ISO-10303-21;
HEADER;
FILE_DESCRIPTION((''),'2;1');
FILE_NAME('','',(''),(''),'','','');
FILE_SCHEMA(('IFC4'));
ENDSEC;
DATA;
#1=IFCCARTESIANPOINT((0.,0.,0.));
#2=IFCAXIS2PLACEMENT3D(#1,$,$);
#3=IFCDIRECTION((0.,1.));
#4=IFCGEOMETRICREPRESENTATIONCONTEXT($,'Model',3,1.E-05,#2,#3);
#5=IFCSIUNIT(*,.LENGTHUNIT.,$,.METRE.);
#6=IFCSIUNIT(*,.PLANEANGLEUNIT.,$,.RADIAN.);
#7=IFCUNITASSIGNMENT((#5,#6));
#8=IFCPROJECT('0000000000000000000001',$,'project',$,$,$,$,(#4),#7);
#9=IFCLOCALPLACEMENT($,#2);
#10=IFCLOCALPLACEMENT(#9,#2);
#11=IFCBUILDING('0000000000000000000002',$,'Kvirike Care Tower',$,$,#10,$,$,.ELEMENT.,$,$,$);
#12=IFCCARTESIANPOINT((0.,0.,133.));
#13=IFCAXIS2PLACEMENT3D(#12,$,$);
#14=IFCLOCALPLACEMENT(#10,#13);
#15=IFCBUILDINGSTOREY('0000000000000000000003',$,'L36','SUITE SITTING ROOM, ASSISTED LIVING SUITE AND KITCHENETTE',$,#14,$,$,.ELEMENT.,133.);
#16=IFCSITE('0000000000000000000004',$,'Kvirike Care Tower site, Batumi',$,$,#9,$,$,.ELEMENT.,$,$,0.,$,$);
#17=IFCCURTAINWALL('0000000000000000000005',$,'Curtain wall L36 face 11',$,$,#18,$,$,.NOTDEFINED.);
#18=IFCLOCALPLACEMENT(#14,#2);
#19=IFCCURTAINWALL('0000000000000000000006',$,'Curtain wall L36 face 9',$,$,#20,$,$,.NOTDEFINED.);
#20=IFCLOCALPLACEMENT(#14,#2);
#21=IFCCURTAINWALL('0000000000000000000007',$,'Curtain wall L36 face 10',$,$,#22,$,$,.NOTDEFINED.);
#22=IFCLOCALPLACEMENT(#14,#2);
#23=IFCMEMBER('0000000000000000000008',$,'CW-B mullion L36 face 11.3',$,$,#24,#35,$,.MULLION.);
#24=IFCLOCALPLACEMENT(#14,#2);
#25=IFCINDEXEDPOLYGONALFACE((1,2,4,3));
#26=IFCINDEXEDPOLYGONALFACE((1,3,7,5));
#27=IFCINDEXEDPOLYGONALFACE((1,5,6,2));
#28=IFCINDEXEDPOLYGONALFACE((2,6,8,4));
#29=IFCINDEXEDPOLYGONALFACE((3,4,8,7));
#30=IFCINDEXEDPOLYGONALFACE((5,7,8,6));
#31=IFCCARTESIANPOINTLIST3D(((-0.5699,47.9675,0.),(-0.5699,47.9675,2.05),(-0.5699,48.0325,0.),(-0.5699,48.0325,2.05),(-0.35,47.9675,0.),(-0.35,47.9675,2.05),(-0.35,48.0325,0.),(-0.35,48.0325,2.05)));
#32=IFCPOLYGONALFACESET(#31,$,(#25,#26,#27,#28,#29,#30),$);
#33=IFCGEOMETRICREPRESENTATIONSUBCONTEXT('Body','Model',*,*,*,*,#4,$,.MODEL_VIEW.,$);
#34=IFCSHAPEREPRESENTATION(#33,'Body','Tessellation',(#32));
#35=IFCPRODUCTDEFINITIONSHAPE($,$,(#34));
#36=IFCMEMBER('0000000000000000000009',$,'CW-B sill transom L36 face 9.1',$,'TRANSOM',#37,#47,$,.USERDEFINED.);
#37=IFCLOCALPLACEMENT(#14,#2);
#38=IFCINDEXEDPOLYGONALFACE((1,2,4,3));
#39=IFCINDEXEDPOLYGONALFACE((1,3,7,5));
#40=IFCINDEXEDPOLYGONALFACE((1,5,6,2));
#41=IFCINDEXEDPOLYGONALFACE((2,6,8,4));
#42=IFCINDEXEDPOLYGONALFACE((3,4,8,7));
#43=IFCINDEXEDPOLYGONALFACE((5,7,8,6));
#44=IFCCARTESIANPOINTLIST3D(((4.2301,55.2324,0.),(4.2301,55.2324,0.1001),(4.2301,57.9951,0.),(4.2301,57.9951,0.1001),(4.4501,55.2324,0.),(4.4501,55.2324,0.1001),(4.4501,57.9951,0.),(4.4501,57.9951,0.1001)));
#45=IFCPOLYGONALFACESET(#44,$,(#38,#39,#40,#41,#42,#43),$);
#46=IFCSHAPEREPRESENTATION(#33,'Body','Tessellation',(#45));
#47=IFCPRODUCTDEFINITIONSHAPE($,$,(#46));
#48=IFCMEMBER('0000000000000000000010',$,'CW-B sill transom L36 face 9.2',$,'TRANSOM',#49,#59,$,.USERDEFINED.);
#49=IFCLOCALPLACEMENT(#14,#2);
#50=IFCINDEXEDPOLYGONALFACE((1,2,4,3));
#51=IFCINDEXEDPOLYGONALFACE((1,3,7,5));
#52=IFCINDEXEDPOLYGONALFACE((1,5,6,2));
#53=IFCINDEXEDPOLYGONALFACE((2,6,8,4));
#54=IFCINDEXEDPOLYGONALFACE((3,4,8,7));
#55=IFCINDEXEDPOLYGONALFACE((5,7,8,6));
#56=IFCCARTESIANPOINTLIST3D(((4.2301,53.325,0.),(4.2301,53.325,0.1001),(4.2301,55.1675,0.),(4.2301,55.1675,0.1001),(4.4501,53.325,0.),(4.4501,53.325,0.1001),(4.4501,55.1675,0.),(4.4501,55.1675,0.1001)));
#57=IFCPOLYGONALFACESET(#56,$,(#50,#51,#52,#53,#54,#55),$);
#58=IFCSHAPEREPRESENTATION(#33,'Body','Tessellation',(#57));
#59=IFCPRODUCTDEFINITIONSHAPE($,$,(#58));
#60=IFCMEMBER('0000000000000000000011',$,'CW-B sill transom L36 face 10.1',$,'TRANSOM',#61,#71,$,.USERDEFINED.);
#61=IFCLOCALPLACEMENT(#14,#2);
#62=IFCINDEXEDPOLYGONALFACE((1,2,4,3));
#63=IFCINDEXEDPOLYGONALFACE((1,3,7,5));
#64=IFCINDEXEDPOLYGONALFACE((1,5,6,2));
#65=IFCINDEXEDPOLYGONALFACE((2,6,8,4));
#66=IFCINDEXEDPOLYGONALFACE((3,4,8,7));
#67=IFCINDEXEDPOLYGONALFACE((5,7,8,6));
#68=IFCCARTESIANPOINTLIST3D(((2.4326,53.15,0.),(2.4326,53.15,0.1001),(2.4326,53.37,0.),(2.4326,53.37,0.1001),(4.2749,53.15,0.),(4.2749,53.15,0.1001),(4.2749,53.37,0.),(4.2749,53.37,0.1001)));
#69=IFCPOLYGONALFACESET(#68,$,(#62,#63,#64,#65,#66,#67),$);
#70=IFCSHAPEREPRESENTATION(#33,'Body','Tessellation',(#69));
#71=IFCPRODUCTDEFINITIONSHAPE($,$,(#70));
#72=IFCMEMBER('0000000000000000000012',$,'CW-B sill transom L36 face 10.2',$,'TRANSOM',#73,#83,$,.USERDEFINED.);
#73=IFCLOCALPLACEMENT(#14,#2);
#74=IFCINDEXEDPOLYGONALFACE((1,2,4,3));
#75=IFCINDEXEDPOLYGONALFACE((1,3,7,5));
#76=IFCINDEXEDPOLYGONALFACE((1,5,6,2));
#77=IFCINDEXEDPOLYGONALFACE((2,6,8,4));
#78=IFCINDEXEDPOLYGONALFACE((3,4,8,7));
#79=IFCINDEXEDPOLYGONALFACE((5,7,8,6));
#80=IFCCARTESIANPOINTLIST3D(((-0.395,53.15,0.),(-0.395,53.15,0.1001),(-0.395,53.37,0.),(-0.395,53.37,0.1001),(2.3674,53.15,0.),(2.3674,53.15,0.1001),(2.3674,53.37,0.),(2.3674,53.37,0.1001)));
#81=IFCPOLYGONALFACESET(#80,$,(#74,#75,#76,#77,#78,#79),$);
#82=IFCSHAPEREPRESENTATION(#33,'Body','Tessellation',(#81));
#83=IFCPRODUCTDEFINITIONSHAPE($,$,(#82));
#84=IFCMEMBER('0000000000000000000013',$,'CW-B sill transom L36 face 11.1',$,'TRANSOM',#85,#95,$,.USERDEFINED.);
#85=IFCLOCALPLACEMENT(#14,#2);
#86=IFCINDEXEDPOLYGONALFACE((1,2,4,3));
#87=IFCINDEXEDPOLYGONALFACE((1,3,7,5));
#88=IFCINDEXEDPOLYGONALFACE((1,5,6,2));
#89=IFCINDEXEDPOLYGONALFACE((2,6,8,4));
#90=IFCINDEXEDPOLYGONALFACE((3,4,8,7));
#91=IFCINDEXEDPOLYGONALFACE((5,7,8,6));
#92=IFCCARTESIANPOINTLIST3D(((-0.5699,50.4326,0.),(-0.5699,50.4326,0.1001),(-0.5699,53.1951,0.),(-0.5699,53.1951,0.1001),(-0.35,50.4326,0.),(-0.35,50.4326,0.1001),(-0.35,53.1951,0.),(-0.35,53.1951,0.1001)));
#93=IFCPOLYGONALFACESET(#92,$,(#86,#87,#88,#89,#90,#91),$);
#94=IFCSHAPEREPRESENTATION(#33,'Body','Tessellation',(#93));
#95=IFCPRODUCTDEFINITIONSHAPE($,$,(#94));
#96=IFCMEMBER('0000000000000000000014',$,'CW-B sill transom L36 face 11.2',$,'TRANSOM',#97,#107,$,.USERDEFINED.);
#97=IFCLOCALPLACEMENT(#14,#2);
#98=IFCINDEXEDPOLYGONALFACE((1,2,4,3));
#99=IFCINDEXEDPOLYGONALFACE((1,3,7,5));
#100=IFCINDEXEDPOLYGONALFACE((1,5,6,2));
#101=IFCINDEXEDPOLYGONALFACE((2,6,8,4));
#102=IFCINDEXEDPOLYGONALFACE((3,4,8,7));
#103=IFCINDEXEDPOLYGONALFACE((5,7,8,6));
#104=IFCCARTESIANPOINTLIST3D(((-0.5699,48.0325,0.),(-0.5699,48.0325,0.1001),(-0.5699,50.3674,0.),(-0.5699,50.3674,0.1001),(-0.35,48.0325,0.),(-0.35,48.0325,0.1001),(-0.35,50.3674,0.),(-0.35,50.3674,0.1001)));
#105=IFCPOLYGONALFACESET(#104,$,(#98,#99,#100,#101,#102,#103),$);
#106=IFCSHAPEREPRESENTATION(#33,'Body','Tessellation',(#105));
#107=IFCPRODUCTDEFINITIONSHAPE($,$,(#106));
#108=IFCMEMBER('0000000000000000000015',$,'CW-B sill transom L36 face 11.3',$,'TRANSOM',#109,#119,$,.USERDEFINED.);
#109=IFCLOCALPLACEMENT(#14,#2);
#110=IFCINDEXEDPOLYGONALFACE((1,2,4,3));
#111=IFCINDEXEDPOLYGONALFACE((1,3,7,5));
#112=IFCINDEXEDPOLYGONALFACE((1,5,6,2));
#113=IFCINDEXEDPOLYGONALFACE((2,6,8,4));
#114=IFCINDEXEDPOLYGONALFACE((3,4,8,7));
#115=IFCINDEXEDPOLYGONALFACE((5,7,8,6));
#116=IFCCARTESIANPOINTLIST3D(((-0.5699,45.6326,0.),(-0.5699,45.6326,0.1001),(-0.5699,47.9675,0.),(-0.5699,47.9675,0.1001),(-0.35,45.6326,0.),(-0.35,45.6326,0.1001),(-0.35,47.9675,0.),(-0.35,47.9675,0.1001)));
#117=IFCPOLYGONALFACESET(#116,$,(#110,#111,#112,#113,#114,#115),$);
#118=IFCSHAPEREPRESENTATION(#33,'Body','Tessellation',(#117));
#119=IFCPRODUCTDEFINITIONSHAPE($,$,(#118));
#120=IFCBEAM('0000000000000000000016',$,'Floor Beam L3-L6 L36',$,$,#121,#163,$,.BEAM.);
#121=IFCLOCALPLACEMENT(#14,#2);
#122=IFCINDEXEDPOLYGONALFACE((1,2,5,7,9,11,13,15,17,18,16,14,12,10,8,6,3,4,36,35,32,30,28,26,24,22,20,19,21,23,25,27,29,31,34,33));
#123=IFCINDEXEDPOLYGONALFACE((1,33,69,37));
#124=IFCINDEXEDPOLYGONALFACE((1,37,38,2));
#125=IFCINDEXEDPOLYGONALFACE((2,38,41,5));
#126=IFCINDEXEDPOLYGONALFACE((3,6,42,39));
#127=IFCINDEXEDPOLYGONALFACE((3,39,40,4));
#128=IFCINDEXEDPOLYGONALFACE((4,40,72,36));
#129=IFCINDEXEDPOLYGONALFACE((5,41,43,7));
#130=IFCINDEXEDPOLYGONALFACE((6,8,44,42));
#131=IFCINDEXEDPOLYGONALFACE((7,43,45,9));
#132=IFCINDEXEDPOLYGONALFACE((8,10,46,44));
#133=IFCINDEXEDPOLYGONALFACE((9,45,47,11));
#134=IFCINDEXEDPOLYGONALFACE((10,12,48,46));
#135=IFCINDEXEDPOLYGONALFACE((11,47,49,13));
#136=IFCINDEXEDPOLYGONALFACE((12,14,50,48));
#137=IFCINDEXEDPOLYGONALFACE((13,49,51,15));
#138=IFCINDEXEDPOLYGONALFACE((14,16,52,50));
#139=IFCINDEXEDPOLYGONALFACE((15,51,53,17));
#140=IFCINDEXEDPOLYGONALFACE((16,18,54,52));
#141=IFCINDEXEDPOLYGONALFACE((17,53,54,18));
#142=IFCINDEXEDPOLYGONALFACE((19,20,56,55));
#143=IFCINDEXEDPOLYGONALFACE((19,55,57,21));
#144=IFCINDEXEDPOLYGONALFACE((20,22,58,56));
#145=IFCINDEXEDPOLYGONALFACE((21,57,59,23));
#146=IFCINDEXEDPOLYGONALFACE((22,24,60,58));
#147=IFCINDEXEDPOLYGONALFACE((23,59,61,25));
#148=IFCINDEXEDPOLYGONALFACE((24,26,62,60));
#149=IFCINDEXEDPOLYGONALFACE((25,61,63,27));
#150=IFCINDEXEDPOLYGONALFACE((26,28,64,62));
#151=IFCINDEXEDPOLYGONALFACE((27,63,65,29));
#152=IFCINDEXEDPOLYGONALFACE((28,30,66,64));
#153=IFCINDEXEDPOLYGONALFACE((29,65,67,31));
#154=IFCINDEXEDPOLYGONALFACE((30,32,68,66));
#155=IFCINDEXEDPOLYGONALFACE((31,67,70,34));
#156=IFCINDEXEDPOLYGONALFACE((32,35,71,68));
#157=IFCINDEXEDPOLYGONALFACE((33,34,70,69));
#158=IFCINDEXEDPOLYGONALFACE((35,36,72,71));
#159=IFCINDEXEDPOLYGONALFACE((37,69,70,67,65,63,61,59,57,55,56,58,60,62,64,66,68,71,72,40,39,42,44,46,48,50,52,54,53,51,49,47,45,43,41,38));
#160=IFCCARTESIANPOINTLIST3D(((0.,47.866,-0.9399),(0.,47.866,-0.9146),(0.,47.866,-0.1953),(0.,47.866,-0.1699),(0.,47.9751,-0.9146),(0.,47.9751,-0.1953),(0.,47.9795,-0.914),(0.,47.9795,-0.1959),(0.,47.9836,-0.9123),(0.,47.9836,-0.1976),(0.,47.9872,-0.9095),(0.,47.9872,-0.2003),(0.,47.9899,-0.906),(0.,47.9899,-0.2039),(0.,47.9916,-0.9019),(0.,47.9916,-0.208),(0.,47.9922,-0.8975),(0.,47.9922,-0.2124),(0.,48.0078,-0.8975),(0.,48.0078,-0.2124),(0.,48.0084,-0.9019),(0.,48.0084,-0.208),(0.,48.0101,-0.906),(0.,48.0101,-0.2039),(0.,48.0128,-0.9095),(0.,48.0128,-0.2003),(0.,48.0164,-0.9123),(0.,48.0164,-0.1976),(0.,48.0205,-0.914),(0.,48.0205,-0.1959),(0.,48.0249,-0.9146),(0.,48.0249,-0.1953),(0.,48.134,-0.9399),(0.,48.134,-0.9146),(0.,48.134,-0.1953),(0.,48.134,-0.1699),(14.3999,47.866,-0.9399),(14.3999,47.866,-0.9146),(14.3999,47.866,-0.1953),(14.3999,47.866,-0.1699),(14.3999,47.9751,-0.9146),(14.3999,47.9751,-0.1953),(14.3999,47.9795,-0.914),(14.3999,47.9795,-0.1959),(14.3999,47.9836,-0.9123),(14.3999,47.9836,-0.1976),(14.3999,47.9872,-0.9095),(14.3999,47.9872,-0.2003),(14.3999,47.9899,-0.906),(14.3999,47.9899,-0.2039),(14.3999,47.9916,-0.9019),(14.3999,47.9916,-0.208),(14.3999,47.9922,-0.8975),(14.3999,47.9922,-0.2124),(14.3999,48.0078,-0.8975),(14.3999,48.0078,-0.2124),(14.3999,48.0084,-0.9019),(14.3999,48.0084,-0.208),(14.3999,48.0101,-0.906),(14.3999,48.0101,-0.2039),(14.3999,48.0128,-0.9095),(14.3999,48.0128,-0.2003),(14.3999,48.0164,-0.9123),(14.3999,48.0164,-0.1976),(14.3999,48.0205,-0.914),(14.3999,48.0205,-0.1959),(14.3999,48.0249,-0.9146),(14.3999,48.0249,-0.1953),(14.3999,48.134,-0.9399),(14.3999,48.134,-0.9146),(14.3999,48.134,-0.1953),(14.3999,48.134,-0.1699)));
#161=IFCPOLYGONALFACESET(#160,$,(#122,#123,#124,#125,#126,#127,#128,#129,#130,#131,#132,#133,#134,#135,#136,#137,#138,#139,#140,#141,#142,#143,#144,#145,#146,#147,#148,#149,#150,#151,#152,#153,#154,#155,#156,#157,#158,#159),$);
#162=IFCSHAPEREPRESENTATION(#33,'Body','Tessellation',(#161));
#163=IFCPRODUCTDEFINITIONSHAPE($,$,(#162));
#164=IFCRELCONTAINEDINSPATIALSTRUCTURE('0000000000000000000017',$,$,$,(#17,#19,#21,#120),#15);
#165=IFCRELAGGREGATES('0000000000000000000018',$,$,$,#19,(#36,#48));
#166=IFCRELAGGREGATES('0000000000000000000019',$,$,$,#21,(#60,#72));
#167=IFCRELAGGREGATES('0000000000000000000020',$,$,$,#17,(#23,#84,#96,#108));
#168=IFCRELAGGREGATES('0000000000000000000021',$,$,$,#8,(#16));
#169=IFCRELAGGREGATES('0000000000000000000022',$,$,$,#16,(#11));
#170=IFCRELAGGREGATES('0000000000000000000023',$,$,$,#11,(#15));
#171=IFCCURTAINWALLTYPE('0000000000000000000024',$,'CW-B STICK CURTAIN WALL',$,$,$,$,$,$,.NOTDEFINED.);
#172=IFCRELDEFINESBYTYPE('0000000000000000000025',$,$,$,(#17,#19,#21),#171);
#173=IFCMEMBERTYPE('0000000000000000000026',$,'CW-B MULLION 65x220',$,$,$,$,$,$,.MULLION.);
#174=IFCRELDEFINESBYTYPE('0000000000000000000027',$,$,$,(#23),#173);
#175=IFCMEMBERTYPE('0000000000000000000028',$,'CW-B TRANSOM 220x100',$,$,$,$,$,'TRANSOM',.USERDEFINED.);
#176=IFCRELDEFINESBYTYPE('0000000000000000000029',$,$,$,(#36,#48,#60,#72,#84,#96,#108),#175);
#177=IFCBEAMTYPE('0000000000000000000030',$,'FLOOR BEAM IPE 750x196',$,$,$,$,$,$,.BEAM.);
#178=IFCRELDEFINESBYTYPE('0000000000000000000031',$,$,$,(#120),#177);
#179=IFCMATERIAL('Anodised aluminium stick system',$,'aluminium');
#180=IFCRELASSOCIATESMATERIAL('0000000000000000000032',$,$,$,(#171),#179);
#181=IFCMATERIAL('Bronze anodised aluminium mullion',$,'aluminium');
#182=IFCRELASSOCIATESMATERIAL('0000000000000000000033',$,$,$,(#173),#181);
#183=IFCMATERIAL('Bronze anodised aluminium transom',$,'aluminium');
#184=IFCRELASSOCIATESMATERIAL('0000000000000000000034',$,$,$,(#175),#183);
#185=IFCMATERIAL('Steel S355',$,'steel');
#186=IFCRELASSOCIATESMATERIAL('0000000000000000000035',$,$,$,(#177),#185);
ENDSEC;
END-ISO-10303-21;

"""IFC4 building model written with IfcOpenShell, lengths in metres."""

from ifc_helpers import new_model, si_unit, direction, frame, origin, origin_2d, place, context, subcontext, project, spatial, rectangle, i_section, extrude, material, material_profile, profile_set, type_object, element, aggregate, save


model = new_model("IFC4")

# Units and contexts
model_context = context("Model", 3, precision=1e-05, world=origin(), true_north=direction((0.0, 1.0)))
body_context = subcontext(model_context, "Body", "Model", "MODEL_VIEW")
ifc_project = project(units=[si_unit("LENGTHUNIT", "METRE"), si_unit("PLANEANGLEUNIT", "RADIAN")], contexts=[model_context])

# Site, building, storey
site_placement = place(None, origin())
site = spatial("IfcSite", under=ifc_project, at=site_placement, Name="Kvirike Care Tower site, Batumi", CompositionType="ELEMENT", RefElevation=0.0)
building_placement = place(site_placement, origin())
building = spatial("IfcBuilding", under=site, at=building_placement, Name="Kvirike Care Tower", CompositionType="ELEMENT")
storey_placement = place(building_placement, frame((0.0, 0.0, 133.0)))
storey = spatial("IfcBuildingStorey", under=building, at=storey_placement, Name="L36", Description="SUITE SITTING ROOM, ASSISTED LIVING SUITE AND KITCHENETTE", CompositionType="ELEMENT", Elevation=133.0)

# Curtain wall
ifc_material_1 = material(Name="Anodised aluminium stick system", Category="aluminium")
curtain_wall_type = type_object("IfcCurtainWallType", Name="CW-B STICK CURTAIN WALL", PredefinedType="NOTDEFINED", material=ifc_material_1)
curtain_wall_1_placement = place(storey_placement, origin())
curtain_wall_1 = element("IfcCurtainWall", 1, at=curtain_wall_1_placement, inside=storey, type_object=curtain_wall_type, Name="Curtain wall L36 face 11", PredefinedType="NOTDEFINED")
ifc_material_2 = material(Name="Bronze anodised aluminium mullion", Category="aluminium")
ifc_material_profile_1 = material_profile(ifc_material_2, rectangle(XDim=0.0649, YDim=0.22, at=origin_2d()), Name="CW-B MULLION 65x220")
ifc_profile_set_1 = profile_set([ifc_material_profile_1], Name="Bronze anodised aluminium mullion")
member_type_1 = type_object("IfcMemberType", Name="CW-B MULLION 65x220", PredefinedType="MULLION", material=ifc_profile_set_1)

# Curtain walls
curtain_wall_2_placement = place(storey_placement, origin())
curtain_wall_2 = element("IfcCurtainWall", 2, at=curtain_wall_2_placement, inside=storey, type_object=curtain_wall_type, Name="Curtain wall L36 face 9", PredefinedType="NOTDEFINED")
curtain_wall_3_placement = place(storey_placement, origin())
curtain_wall_3 = element("IfcCurtainWall", 3, at=curtain_wall_3_placement, inside=storey, type_object=curtain_wall_type, Name="Curtain wall L36 face 10", PredefinedType="NOTDEFINED")

# Members
member_1_placement = place(storey_placement, frame((-0.46, 48.0, 0.0), z_axis=(0.0, 0.0, 1.0), x_axis=(0.0, -1.0, 0.0)))
member_1 = element("IfcMember", 4, at=member_1_placement, type_object=member_type_1, Name="CW-B mullion L36 face 11.3", PredefinedType="MULLION", context=body_context, shape_type="SweptSolid", body=[
    extrude(rectangle(XDim=0.0649, YDim=0.22, at=origin_2d()), origin(), (0.0, 0.0, 1.0), 2.05),
])
ifc_material_3 = material(Name="Bronze anodised aluminium transom", Category="aluminium")
ifc_material_profile_2 = material_profile(ifc_material_3, rectangle(XDim=0.22, YDim=0.1001, at=origin_2d()), Name="CW-B TRANSOM 220x100")
ifc_profile_set_2 = profile_set([ifc_material_profile_2], Name="Bronze anodised aluminium transom")
member_type_2 = type_object("IfcMemberType", Name="CW-B TRANSOM 220x100", ElementType="TRANSOM", PredefinedType="USERDEFINED", material=ifc_profile_set_2)
member_2_placement = place(storey_placement, frame((4.3401, 57.9951, 0.05), z_axis=(0.0, -1.0, 0.0), x_axis=(1.0, 0.0, 0.0)))
member_2 = element("IfcMember", 5, at=member_2_placement, type_object=member_type_2, Name="CW-B sill transom L36 face 9.1", ObjectType="TRANSOM", PredefinedType="USERDEFINED", context=body_context, shape_type="SweptSolid", body=[
    extrude(rectangle(XDim=0.22, YDim=0.1001, at=origin_2d()), origin(), (0.0, 0.0, 1.0), 2.7627),
])
member_3_placement = place(storey_placement, frame((4.3401, 55.1675, 0.05), z_axis=(0.0, -1.0, 0.0), x_axis=(1.0, 0.0, 0.0)))
member_3 = element("IfcMember", 6, at=member_3_placement, type_object=member_type_2, Name="CW-B sill transom L36 face 9.2", ObjectType="TRANSOM", PredefinedType="USERDEFINED", context=body_context, shape_type="SweptSolid", body=[
    extrude(rectangle(XDim=0.22, YDim=0.1001, at=origin_2d()), origin(), (0.0, 0.0, 1.0), 1.8425),
])
member_4_placement = place(storey_placement, frame((4.2749, 53.26, 0.05), z_axis=(-1.0, 0.0, 0.0), x_axis=(0.0, -1.0, 0.0)))
member_4 = element("IfcMember", 7, at=member_4_placement, type_object=member_type_2, Name="CW-B sill transom L36 face 10.1", ObjectType="TRANSOM", PredefinedType="USERDEFINED", context=body_context, shape_type="SweptSolid", body=[
    extrude(rectangle(XDim=0.22, YDim=0.1001, at=origin_2d()), origin(), (0.0, 0.0, 1.0), 1.8423),
])
member_5_placement = place(storey_placement, frame((2.3674, 53.26, 0.05), z_axis=(-1.0, 0.0, 0.0), x_axis=(0.0, -1.0, 0.0)))
member_5 = element("IfcMember", 8, at=member_5_placement, type_object=member_type_2, Name="CW-B sill transom L36 face 10.2", ObjectType="TRANSOM", PredefinedType="USERDEFINED", context=body_context, shape_type="SweptSolid", body=[
    extrude(rectangle(XDim=0.22, YDim=0.1001, at=origin_2d()), origin(), (0.0, 0.0, 1.0), 2.7625),
])
member_6_placement = place(storey_placement, frame((-0.46, 53.1951, 0.05), z_axis=(0.0, -1.0, 0.0), x_axis=(1.0, 0.0, 0.0)))
member_6 = element("IfcMember", 9, at=member_6_placement, type_object=member_type_2, Name="CW-B sill transom L36 face 11.1", ObjectType="TRANSOM", PredefinedType="USERDEFINED", context=body_context, shape_type="SweptSolid", body=[
    extrude(rectangle(XDim=0.22, YDim=0.1001, at=origin_2d()), origin(), (0.0, 0.0, 1.0), 2.7625),
])
member_7_placement = place(storey_placement, frame((-0.46, 50.3674, 0.05), z_axis=(0.0, -1.0, 0.0), x_axis=(1.0, 0.0, 0.0)))
member_7 = element("IfcMember", 10, at=member_7_placement, type_object=member_type_2, Name="CW-B sill transom L36 face 11.2", ObjectType="TRANSOM", PredefinedType="USERDEFINED", context=body_context, shape_type="SweptSolid", body=[
    extrude(rectangle(XDim=0.22, YDim=0.1001, at=origin_2d()), origin(), (0.0, 0.0, 1.0), 2.335),
])
member_8_placement = place(storey_placement, frame((-0.46, 47.9675, 0.05), z_axis=(0.0, -1.0, 0.0), x_axis=(1.0, 0.0, 0.0)))
member_8 = element("IfcMember", 11, at=member_8_placement, type_object=member_type_2, Name="CW-B sill transom L36 face 11.3", ObjectType="TRANSOM", PredefinedType="USERDEFINED", context=body_context, shape_type="SweptSolid", body=[
    extrude(rectangle(XDim=0.22, YDim=0.1001, at=origin_2d()), origin(), (0.0, 0.0, 1.0), 2.335),
])

# Beam
ifc_material_4 = material(Name="Steel S355", Category="steel")
ifc_material_profile_3 = material_profile(ifc_material_4, i_section(OverallWidth=0.2681, OverallDepth=0.77, WebThickness=0.0156, FlangeThickness=0.0254, FilletRadius=0.0171, at=origin_2d()), Name="IPE 750x196")
ifc_profile_set_3 = profile_set([ifc_material_profile_3], Name="Steel S355")
beam_type_1 = type_object("IfcBeamType", Name="FLOOR BEAM IPE 750x196", PredefinedType="BEAM", material=ifc_profile_set_3)
beam_1_placement = place(storey_placement, frame((0.0, 48.0, -0.5549), z_axis=(1.0, 0.0, 0.0), x_axis=(0.0, 1.0, 0.0)))
element("IfcBeam", 12, at=beam_1_placement, inside=storey, type_object=beam_type_1, Name="Floor Beam L3-L6 L36", PredefinedType="BEAM", context=body_context, shape_type="SweptSolid", body=[
    extrude(i_section(OverallWidth=0.2681, OverallDepth=0.77, WebThickness=0.0156, FlangeThickness=0.0254, FilletRadius=0.0171, at=origin_2d()), origin(), (0.0, 0.0, 1.0), 14.3999),
])

aggregate(curtain_wall_2, [member_2, member_3])
aggregate(curtain_wall_3, [member_4, member_5])
aggregate(curtain_wall_1, [member_1, member_6, member_7, member_8])

save(model, "model.ifc")
